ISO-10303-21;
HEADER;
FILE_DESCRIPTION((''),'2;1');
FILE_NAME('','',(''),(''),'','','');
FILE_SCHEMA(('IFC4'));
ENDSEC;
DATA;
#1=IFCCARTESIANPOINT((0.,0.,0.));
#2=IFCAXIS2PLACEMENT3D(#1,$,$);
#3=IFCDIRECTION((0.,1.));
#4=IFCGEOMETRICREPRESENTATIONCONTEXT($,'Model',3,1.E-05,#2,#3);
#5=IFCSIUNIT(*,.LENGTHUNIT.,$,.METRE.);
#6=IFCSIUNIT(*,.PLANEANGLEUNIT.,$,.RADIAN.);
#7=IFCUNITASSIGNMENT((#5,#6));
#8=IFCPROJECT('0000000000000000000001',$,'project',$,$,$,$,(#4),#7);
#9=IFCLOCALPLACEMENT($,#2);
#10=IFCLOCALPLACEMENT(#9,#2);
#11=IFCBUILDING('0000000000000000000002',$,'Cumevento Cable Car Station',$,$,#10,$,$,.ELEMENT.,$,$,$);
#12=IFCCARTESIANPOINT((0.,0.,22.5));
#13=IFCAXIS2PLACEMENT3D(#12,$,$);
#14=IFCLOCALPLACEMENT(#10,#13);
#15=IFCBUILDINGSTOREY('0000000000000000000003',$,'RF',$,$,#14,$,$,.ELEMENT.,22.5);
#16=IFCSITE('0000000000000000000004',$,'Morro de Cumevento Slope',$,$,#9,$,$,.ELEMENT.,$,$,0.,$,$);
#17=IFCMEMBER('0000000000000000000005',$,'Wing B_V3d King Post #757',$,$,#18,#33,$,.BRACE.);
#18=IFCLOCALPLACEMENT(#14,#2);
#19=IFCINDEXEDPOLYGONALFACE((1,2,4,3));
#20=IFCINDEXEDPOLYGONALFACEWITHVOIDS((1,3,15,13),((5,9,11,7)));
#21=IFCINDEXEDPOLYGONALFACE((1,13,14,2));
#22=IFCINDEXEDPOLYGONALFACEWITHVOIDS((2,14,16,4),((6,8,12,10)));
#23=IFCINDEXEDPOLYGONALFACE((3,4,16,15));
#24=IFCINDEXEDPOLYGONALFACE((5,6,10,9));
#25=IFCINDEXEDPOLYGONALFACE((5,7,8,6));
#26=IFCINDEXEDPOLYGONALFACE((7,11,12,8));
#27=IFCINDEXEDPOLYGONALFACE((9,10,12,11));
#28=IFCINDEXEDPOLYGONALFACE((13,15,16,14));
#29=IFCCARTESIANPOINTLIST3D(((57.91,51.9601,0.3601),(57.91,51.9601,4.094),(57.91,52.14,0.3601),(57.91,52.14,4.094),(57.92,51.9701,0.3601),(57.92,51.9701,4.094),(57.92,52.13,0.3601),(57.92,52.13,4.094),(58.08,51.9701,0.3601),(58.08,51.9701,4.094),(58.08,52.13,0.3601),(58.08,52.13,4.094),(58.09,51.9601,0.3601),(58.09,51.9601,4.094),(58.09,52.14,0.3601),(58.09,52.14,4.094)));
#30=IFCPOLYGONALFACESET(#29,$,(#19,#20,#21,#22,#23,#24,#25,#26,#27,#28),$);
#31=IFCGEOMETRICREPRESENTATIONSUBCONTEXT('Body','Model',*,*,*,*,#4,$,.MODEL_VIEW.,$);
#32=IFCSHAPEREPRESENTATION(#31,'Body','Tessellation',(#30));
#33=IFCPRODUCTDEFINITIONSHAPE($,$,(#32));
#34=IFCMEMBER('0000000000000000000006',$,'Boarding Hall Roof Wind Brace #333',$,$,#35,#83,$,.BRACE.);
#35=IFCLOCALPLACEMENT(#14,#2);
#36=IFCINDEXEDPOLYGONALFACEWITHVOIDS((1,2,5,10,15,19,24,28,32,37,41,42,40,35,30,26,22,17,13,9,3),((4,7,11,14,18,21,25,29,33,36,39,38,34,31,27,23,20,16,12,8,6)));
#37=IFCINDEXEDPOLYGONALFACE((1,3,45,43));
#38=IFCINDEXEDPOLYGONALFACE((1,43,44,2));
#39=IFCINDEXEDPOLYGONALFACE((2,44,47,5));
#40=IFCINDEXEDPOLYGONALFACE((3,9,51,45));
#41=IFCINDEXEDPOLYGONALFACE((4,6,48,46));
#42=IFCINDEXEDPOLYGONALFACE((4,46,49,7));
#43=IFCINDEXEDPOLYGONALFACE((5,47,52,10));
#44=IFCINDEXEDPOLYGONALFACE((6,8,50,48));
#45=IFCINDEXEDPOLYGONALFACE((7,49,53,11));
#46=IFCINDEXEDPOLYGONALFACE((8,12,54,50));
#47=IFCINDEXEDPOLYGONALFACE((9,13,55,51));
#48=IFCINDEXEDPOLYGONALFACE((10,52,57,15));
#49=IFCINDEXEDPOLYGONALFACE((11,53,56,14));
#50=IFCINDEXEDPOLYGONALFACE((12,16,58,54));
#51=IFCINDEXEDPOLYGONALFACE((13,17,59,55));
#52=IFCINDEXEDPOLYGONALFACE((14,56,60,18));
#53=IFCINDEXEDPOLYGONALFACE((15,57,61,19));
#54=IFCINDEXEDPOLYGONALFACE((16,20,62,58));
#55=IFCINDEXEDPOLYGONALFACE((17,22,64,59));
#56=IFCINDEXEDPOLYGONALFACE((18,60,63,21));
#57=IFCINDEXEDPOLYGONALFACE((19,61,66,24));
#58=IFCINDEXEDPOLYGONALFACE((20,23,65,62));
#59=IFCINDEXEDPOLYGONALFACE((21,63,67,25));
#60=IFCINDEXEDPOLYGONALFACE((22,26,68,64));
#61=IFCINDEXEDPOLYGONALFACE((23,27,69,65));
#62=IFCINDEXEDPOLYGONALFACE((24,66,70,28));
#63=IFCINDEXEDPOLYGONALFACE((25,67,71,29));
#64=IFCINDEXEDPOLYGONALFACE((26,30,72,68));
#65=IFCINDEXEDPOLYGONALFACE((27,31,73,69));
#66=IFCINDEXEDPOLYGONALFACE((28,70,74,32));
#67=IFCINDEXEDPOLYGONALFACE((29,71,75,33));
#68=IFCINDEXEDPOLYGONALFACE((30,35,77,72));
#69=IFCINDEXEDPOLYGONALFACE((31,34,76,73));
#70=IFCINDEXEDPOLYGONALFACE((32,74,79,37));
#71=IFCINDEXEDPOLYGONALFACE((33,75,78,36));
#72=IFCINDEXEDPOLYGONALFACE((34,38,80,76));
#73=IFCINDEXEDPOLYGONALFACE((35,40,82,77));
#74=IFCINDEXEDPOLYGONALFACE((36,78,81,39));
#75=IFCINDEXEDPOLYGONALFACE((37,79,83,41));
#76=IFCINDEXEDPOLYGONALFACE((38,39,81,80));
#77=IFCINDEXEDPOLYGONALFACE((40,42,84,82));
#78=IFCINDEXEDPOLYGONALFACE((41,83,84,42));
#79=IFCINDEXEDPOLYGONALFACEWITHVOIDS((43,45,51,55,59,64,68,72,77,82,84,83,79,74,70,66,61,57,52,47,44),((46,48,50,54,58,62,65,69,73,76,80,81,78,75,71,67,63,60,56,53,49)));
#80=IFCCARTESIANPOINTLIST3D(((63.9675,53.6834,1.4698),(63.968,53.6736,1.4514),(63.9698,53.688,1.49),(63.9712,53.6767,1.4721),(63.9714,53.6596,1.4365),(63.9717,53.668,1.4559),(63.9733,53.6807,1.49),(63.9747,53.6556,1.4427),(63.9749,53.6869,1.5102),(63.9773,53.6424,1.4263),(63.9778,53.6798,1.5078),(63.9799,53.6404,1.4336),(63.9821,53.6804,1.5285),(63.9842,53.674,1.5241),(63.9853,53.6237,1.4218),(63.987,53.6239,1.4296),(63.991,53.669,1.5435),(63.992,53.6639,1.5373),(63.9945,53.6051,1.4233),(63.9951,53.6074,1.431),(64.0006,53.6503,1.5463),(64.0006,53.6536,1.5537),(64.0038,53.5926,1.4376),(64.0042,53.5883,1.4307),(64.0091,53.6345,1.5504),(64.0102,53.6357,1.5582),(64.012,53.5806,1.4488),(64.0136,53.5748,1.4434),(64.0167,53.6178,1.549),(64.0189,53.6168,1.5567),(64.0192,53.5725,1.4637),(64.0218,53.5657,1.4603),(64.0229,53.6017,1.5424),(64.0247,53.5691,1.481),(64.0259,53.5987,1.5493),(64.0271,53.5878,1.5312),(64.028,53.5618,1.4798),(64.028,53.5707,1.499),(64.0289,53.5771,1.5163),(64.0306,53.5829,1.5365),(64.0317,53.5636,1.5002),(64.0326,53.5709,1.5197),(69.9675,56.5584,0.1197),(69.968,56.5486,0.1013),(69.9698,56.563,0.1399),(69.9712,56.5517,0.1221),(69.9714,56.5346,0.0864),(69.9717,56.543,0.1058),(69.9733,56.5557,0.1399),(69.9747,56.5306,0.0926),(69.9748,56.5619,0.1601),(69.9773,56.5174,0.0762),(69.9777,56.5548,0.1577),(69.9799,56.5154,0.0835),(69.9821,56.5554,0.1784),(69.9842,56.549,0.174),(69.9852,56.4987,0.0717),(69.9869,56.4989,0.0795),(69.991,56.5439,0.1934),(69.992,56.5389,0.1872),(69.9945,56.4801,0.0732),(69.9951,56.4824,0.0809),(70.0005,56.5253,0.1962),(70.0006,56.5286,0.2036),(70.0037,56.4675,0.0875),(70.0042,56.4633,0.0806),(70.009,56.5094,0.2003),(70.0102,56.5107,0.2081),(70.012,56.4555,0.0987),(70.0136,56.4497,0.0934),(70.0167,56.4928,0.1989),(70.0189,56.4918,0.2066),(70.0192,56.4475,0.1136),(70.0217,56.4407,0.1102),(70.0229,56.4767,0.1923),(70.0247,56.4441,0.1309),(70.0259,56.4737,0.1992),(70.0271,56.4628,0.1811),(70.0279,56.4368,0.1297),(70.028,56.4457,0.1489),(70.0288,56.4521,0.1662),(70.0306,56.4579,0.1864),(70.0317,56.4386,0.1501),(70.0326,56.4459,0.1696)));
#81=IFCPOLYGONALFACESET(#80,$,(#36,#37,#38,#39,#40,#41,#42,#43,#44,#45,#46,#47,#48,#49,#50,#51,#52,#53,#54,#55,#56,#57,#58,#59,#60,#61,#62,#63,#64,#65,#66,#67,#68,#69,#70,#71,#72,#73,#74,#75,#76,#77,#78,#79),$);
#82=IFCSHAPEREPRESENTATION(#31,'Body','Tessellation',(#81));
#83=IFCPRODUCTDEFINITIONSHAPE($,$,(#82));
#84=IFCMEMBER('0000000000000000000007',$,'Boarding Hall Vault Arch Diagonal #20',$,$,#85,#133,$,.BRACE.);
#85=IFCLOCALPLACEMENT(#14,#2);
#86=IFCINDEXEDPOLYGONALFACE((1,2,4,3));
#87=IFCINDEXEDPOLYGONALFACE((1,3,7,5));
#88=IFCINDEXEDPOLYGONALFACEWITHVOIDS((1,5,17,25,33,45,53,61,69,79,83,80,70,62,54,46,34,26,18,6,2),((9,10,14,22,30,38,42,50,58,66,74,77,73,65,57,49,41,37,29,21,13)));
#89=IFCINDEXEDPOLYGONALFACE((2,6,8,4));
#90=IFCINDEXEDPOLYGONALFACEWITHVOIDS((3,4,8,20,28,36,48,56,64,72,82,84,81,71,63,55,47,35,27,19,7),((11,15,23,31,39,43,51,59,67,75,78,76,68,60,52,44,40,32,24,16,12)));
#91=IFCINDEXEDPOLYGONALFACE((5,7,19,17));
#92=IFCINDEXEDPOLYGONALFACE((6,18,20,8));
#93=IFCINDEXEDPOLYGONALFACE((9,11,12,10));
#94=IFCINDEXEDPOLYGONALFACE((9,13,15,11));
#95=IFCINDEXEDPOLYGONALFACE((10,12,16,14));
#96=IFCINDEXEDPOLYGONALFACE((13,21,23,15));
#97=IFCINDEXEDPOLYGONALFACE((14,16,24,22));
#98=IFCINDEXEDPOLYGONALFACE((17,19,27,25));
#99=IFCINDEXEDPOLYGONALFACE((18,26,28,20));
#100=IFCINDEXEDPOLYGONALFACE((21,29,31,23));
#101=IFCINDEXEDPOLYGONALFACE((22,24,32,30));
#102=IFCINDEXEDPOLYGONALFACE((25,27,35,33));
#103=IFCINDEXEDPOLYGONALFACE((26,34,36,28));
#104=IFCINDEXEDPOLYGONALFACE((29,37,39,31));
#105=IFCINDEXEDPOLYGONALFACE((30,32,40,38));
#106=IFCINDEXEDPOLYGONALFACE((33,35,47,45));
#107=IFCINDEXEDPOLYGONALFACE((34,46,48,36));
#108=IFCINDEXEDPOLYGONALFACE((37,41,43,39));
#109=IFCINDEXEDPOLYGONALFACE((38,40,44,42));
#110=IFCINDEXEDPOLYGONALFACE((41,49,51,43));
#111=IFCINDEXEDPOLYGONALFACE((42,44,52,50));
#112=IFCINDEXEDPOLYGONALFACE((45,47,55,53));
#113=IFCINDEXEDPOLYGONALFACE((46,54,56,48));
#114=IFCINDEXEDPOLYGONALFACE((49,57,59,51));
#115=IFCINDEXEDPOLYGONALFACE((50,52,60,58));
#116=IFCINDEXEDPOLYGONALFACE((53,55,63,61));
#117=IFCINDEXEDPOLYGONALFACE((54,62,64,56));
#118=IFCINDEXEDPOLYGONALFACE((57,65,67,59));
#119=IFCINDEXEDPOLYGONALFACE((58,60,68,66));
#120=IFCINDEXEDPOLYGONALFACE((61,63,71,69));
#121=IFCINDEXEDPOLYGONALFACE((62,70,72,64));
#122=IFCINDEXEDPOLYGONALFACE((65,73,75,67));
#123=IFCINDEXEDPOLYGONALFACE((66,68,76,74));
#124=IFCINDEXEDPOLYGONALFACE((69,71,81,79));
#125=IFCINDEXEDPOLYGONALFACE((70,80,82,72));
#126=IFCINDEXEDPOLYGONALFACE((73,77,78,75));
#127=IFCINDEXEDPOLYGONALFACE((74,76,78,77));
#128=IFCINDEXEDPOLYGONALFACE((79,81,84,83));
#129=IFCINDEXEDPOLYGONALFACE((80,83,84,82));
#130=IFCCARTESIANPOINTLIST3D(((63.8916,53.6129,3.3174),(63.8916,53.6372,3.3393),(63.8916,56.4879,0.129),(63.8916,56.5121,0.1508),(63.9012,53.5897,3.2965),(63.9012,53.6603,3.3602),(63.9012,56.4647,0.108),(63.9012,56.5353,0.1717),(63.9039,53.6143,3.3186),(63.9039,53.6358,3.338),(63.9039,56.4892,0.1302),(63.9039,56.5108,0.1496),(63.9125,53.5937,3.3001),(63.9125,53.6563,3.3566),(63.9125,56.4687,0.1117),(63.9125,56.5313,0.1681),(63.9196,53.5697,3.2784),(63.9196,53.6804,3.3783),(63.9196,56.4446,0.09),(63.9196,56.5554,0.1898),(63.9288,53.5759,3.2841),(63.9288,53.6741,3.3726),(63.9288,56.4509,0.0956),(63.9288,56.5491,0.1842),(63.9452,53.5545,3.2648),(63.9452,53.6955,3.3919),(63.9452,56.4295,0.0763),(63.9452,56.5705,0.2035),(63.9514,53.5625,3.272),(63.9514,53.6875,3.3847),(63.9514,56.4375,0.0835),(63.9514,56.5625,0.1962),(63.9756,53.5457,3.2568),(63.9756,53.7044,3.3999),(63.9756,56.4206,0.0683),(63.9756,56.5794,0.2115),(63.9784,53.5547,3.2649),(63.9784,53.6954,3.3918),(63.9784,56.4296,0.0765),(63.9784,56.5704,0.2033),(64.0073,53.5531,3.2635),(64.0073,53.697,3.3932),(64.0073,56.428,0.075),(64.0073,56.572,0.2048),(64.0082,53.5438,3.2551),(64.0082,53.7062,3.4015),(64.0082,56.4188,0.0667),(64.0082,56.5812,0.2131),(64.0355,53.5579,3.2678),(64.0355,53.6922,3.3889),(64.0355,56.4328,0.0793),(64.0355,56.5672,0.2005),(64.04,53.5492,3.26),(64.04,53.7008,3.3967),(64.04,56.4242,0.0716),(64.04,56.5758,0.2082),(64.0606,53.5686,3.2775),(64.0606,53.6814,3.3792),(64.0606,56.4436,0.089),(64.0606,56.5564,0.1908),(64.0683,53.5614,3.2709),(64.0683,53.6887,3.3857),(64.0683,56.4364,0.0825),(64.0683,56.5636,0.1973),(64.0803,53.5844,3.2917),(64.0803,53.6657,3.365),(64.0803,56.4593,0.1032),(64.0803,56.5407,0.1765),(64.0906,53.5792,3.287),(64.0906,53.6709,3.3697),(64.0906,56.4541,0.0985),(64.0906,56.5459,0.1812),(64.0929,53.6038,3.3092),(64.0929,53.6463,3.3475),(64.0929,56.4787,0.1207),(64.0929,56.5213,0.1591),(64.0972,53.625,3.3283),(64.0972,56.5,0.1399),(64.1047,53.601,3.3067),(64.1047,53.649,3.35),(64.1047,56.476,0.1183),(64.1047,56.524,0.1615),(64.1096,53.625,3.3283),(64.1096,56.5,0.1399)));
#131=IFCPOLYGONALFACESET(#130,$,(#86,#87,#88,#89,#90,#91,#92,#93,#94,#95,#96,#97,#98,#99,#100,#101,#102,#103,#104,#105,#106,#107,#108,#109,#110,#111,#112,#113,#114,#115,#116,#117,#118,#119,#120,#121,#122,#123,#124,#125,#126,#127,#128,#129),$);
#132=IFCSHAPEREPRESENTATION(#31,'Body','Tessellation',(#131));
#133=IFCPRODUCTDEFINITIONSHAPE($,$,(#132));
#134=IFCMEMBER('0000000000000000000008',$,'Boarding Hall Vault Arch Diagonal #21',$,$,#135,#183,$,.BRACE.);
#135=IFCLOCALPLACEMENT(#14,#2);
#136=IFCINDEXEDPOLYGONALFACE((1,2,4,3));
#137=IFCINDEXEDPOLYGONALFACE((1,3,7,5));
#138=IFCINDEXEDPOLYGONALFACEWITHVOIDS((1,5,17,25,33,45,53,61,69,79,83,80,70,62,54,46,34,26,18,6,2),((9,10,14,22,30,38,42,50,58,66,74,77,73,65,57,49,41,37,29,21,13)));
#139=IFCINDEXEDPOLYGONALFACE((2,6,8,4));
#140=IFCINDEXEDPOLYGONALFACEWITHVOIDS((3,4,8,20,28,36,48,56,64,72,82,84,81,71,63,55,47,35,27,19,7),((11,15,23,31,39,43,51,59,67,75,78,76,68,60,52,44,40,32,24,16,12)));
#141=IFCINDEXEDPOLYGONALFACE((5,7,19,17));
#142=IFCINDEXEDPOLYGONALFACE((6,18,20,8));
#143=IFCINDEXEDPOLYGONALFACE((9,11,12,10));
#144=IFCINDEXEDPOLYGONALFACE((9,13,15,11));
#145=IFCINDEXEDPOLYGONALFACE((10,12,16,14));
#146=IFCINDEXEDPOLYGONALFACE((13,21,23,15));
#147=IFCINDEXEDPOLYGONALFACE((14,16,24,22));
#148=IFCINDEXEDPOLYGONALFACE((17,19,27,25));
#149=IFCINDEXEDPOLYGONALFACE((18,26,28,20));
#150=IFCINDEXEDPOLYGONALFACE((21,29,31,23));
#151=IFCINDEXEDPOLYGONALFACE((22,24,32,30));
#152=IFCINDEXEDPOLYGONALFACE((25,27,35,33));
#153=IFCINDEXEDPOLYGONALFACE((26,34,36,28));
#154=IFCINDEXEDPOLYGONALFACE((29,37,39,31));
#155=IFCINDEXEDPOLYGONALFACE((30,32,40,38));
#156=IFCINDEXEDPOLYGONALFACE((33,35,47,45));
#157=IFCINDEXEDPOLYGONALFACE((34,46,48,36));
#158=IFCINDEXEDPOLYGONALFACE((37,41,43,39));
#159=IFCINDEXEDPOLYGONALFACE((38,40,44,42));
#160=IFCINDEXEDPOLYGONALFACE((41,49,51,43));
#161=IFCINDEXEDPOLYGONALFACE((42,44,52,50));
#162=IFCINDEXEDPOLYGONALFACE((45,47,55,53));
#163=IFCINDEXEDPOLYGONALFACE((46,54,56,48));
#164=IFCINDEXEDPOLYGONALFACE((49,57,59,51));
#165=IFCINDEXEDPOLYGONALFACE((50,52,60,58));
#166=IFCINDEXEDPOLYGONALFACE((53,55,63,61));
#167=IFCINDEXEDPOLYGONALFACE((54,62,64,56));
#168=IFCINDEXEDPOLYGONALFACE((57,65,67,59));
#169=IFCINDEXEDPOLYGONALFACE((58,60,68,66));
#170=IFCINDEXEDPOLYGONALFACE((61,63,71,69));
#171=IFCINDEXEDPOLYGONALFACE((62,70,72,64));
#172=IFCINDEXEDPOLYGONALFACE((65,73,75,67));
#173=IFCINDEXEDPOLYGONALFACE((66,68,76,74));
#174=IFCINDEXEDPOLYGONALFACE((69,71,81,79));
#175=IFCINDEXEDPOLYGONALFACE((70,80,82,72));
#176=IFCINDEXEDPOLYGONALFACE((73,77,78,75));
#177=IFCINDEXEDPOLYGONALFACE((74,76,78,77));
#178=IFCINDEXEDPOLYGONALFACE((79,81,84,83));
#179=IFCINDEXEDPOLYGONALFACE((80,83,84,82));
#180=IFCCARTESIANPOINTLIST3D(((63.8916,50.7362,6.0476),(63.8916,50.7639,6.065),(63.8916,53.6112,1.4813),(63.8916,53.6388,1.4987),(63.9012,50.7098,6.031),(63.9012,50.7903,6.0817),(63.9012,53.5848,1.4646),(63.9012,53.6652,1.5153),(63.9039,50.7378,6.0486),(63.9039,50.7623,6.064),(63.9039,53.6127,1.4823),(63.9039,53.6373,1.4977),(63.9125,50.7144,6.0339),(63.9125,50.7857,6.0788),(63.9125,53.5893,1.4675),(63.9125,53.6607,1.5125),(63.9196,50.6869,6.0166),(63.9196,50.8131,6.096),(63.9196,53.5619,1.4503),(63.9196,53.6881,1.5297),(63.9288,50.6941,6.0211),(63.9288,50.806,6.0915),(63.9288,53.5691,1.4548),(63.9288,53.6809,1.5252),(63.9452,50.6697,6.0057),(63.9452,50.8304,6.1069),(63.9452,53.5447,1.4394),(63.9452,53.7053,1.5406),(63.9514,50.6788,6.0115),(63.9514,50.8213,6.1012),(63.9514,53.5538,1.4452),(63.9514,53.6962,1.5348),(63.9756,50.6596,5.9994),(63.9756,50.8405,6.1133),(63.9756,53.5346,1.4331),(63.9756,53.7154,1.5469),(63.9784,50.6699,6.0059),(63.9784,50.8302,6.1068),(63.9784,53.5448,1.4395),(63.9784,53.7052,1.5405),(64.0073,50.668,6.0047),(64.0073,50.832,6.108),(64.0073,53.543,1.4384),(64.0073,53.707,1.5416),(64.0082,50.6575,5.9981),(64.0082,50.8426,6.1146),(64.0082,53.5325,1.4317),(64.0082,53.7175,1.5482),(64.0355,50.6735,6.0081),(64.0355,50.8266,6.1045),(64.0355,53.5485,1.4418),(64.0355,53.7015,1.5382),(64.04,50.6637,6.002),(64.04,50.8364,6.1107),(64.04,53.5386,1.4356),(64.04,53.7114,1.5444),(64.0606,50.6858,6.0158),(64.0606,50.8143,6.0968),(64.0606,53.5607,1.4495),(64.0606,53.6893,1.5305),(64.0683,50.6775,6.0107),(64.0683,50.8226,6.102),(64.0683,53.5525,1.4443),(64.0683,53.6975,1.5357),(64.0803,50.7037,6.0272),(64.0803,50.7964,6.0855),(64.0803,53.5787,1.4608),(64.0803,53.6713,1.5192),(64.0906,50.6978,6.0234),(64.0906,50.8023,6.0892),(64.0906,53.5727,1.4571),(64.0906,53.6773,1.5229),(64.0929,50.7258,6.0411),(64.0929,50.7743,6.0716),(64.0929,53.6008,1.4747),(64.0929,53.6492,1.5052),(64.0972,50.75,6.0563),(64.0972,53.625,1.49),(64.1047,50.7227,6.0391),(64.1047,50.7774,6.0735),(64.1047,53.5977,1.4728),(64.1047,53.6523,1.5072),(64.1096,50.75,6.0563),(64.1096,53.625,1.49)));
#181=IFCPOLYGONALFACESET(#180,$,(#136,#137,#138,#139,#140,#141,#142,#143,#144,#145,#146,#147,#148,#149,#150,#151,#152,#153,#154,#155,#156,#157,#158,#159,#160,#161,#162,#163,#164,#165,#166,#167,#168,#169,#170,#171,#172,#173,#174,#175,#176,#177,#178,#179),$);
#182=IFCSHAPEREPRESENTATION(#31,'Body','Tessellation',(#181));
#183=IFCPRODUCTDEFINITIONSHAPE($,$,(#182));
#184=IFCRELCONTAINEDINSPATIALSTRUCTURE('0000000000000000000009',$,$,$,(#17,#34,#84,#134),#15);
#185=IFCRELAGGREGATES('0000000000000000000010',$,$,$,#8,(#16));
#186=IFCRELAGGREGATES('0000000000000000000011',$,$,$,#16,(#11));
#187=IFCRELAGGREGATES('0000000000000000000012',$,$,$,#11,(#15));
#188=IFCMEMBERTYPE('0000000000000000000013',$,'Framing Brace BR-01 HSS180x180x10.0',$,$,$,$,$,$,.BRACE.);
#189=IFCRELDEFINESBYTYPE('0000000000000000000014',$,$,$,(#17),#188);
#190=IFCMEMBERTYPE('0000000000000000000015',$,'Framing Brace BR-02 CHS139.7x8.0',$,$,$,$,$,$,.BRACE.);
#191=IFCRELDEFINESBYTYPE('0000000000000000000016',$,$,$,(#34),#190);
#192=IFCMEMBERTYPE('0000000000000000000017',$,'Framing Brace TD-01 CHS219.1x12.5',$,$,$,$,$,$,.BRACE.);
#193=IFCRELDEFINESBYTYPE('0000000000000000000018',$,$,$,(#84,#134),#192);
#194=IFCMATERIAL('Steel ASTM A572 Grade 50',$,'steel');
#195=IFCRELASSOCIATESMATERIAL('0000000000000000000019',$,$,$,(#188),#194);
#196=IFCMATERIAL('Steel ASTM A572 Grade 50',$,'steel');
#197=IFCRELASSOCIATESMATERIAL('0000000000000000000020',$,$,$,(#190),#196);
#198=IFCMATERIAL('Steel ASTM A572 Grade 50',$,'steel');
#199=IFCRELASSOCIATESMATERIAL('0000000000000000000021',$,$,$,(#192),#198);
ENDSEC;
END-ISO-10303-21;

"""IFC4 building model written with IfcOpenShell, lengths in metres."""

from ifc_helpers import new_model, si_unit, direction, frame, origin, origin_2d, place, context, subcontext, project, spatial, hollow_rectangle, hollow_circle, extrude, material, material_profile, profile_set, type_object, element, save


model = new_model("IFC4")

# Units and contexts
model_context = context("Model", 3, precision=1e-05, world=origin(), true_north=direction((0.0, 1.0)))
body_context = subcontext(model_context, "Body", "Model", "MODEL_VIEW")
ifc_project = project(units=[si_unit("LENGTHUNIT", "METRE"), si_unit("PLANEANGLEUNIT", "RADIAN")], contexts=[model_context])

# Site, building, storey
site_placement = place(None, origin())
site = spatial("IfcSite", under=ifc_project, at=site_placement, Name="Morro de Cumevento Slope", CompositionType="ELEMENT", RefElevation=0.0)
building_placement = place(site_placement, origin())
building = spatial("IfcBuilding", under=site, at=building_placement, Name="Cumevento Cable Car Station", CompositionType="ELEMENT")
storey_placement = place(building_placement, frame((0.0, 0.0, 22.5)))
storey = spatial("IfcBuildingStorey", under=building, at=storey_placement, Name="RF", CompositionType="ELEMENT", Elevation=22.5)

# Members
ifc_material_1 = material(Name="Steel ASTM A572 Grade 50", Category="steel")
ifc_material_profile_1 = material_profile(ifc_material_1, hollow_rectangle(XDim=0.1799, YDim=0.1799, WallThickness=0.01, at=origin_2d()), Name="HSS180x180x10.0")
ifc_profile_set_1 = profile_set([ifc_material_profile_1], Name="Steel ASTM A572 Grade 50")
member_type_1 = type_object("IfcMemberType", Name="Framing Brace BR-01 HSS180x180x10.0", PredefinedType="BRACE", material=ifc_profile_set_1)
member_1_placement = place(storey_placement, frame((58.0, 52.05, 0.3601), z_axis=(0.0, 0.0, 1.0), x_axis=(1.0, 0.0, 0.0)))
element("IfcMember", 1, at=member_1_placement, inside=storey, type_object=member_type_1, Name="Wing B_V3d King Post #757", PredefinedType="BRACE", context=body_context, shape_type="SweptSolid", body=[
    extrude(hollow_rectangle(XDim=0.1799, YDim=0.1799, WallThickness=0.01, at=origin_2d()), origin(), (0.0, 0.0, 1.0), 3.7339),
])
ifc_material_2 = material(Name="Steel ASTM A572 Grade 50", Category="steel")
ifc_material_profile_2 = material_profile(ifc_material_2, hollow_circle(Radius=0.0698, WallThickness=0.0081, at=origin_2d()), Name="CHS139.7x8.0")
ifc_profile_set_2 = profile_set([ifc_material_profile_2], Name="Steel ASTM A572 Grade 50")
member_type_2 = type_object("IfcMemberType", Name="Framing Brace BR-02 CHS139.7x8.0", PredefinedType="BRACE", material=ifc_profile_set_2)
member_2_placement = place(storey_placement, frame((64.0, 53.625, 1.49), z_axis=(0.883803, 0.423489, -0.19887), x_axis=(-0.43212, 0.901816, 0.0)))
element("IfcMember", 2, at=member_2_placement, inside=storey, type_object=member_type_2, Name="Boarding Hall Roof Wind Brace #333", PredefinedType="BRACE", context=body_context, shape_type="SweptSolid", body=[
    extrude(hollow_circle(Radius=0.0698, WallThickness=0.0081, at=origin_2d()), origin(), (0.0, 0.0, 1.0), 6.7888),
])
ifc_material_3 = material(Name="Steel ASTM A572 Grade 50", Category="steel")
ifc_material_profile_3 = material_profile(ifc_material_3, hollow_circle(Radius=0.1096, WallThickness=0.0125, at=origin_2d()), Name="CHS219.1x12.5")
ifc_profile_set_3 = profile_set([ifc_material_profile_3], Name="Steel ASTM A572 Grade 50")
member_type_3 = type_object("IfcMemberType", Name="Framing Brace TD-01 CHS219.1x12.5", PredefinedType="BRACE", material=ifc_profile_set_3)
member_3_placement = place(storey_placement, frame((64.0, 56.5, 0.1399), z_axis=(0.0, -0.669656, 0.742672), x_axis=(1.0, 0.0, 0.0)))
element("IfcMember", 3, at=member_3_placement, inside=storey, type_object=member_type_3, Name="Boarding Hall Vault Arch Diagonal #20", PredefinedType="BRACE", context=body_context, shape_type="SweptSolid", body=[
    extrude(hollow_circle(Radius=0.1096, WallThickness=0.0125, at=origin_2d()), origin(), (0.0, 0.0, 1.0), 4.2932),
])
member_4_placement = place(storey_placement, frame((64.0, 53.625, 1.49), z_axis=(0.0, -0.532794, 0.846245), x_axis=(1.0, 0.0, 0.0)))
element("IfcMember", 4, at=member_4_placement, inside=storey, type_object=member_type_3, Name="Boarding Hall Vault Arch Diagonal #21", PredefinedType="BRACE", context=body_context, shape_type="SweptSolid", body=[
    extrude(hollow_circle(Radius=0.1096, WallThickness=0.0125, at=origin_2d()), origin(), (0.0, 0.0, 1.0), 5.396),
])

save(model, "model.ifc")
